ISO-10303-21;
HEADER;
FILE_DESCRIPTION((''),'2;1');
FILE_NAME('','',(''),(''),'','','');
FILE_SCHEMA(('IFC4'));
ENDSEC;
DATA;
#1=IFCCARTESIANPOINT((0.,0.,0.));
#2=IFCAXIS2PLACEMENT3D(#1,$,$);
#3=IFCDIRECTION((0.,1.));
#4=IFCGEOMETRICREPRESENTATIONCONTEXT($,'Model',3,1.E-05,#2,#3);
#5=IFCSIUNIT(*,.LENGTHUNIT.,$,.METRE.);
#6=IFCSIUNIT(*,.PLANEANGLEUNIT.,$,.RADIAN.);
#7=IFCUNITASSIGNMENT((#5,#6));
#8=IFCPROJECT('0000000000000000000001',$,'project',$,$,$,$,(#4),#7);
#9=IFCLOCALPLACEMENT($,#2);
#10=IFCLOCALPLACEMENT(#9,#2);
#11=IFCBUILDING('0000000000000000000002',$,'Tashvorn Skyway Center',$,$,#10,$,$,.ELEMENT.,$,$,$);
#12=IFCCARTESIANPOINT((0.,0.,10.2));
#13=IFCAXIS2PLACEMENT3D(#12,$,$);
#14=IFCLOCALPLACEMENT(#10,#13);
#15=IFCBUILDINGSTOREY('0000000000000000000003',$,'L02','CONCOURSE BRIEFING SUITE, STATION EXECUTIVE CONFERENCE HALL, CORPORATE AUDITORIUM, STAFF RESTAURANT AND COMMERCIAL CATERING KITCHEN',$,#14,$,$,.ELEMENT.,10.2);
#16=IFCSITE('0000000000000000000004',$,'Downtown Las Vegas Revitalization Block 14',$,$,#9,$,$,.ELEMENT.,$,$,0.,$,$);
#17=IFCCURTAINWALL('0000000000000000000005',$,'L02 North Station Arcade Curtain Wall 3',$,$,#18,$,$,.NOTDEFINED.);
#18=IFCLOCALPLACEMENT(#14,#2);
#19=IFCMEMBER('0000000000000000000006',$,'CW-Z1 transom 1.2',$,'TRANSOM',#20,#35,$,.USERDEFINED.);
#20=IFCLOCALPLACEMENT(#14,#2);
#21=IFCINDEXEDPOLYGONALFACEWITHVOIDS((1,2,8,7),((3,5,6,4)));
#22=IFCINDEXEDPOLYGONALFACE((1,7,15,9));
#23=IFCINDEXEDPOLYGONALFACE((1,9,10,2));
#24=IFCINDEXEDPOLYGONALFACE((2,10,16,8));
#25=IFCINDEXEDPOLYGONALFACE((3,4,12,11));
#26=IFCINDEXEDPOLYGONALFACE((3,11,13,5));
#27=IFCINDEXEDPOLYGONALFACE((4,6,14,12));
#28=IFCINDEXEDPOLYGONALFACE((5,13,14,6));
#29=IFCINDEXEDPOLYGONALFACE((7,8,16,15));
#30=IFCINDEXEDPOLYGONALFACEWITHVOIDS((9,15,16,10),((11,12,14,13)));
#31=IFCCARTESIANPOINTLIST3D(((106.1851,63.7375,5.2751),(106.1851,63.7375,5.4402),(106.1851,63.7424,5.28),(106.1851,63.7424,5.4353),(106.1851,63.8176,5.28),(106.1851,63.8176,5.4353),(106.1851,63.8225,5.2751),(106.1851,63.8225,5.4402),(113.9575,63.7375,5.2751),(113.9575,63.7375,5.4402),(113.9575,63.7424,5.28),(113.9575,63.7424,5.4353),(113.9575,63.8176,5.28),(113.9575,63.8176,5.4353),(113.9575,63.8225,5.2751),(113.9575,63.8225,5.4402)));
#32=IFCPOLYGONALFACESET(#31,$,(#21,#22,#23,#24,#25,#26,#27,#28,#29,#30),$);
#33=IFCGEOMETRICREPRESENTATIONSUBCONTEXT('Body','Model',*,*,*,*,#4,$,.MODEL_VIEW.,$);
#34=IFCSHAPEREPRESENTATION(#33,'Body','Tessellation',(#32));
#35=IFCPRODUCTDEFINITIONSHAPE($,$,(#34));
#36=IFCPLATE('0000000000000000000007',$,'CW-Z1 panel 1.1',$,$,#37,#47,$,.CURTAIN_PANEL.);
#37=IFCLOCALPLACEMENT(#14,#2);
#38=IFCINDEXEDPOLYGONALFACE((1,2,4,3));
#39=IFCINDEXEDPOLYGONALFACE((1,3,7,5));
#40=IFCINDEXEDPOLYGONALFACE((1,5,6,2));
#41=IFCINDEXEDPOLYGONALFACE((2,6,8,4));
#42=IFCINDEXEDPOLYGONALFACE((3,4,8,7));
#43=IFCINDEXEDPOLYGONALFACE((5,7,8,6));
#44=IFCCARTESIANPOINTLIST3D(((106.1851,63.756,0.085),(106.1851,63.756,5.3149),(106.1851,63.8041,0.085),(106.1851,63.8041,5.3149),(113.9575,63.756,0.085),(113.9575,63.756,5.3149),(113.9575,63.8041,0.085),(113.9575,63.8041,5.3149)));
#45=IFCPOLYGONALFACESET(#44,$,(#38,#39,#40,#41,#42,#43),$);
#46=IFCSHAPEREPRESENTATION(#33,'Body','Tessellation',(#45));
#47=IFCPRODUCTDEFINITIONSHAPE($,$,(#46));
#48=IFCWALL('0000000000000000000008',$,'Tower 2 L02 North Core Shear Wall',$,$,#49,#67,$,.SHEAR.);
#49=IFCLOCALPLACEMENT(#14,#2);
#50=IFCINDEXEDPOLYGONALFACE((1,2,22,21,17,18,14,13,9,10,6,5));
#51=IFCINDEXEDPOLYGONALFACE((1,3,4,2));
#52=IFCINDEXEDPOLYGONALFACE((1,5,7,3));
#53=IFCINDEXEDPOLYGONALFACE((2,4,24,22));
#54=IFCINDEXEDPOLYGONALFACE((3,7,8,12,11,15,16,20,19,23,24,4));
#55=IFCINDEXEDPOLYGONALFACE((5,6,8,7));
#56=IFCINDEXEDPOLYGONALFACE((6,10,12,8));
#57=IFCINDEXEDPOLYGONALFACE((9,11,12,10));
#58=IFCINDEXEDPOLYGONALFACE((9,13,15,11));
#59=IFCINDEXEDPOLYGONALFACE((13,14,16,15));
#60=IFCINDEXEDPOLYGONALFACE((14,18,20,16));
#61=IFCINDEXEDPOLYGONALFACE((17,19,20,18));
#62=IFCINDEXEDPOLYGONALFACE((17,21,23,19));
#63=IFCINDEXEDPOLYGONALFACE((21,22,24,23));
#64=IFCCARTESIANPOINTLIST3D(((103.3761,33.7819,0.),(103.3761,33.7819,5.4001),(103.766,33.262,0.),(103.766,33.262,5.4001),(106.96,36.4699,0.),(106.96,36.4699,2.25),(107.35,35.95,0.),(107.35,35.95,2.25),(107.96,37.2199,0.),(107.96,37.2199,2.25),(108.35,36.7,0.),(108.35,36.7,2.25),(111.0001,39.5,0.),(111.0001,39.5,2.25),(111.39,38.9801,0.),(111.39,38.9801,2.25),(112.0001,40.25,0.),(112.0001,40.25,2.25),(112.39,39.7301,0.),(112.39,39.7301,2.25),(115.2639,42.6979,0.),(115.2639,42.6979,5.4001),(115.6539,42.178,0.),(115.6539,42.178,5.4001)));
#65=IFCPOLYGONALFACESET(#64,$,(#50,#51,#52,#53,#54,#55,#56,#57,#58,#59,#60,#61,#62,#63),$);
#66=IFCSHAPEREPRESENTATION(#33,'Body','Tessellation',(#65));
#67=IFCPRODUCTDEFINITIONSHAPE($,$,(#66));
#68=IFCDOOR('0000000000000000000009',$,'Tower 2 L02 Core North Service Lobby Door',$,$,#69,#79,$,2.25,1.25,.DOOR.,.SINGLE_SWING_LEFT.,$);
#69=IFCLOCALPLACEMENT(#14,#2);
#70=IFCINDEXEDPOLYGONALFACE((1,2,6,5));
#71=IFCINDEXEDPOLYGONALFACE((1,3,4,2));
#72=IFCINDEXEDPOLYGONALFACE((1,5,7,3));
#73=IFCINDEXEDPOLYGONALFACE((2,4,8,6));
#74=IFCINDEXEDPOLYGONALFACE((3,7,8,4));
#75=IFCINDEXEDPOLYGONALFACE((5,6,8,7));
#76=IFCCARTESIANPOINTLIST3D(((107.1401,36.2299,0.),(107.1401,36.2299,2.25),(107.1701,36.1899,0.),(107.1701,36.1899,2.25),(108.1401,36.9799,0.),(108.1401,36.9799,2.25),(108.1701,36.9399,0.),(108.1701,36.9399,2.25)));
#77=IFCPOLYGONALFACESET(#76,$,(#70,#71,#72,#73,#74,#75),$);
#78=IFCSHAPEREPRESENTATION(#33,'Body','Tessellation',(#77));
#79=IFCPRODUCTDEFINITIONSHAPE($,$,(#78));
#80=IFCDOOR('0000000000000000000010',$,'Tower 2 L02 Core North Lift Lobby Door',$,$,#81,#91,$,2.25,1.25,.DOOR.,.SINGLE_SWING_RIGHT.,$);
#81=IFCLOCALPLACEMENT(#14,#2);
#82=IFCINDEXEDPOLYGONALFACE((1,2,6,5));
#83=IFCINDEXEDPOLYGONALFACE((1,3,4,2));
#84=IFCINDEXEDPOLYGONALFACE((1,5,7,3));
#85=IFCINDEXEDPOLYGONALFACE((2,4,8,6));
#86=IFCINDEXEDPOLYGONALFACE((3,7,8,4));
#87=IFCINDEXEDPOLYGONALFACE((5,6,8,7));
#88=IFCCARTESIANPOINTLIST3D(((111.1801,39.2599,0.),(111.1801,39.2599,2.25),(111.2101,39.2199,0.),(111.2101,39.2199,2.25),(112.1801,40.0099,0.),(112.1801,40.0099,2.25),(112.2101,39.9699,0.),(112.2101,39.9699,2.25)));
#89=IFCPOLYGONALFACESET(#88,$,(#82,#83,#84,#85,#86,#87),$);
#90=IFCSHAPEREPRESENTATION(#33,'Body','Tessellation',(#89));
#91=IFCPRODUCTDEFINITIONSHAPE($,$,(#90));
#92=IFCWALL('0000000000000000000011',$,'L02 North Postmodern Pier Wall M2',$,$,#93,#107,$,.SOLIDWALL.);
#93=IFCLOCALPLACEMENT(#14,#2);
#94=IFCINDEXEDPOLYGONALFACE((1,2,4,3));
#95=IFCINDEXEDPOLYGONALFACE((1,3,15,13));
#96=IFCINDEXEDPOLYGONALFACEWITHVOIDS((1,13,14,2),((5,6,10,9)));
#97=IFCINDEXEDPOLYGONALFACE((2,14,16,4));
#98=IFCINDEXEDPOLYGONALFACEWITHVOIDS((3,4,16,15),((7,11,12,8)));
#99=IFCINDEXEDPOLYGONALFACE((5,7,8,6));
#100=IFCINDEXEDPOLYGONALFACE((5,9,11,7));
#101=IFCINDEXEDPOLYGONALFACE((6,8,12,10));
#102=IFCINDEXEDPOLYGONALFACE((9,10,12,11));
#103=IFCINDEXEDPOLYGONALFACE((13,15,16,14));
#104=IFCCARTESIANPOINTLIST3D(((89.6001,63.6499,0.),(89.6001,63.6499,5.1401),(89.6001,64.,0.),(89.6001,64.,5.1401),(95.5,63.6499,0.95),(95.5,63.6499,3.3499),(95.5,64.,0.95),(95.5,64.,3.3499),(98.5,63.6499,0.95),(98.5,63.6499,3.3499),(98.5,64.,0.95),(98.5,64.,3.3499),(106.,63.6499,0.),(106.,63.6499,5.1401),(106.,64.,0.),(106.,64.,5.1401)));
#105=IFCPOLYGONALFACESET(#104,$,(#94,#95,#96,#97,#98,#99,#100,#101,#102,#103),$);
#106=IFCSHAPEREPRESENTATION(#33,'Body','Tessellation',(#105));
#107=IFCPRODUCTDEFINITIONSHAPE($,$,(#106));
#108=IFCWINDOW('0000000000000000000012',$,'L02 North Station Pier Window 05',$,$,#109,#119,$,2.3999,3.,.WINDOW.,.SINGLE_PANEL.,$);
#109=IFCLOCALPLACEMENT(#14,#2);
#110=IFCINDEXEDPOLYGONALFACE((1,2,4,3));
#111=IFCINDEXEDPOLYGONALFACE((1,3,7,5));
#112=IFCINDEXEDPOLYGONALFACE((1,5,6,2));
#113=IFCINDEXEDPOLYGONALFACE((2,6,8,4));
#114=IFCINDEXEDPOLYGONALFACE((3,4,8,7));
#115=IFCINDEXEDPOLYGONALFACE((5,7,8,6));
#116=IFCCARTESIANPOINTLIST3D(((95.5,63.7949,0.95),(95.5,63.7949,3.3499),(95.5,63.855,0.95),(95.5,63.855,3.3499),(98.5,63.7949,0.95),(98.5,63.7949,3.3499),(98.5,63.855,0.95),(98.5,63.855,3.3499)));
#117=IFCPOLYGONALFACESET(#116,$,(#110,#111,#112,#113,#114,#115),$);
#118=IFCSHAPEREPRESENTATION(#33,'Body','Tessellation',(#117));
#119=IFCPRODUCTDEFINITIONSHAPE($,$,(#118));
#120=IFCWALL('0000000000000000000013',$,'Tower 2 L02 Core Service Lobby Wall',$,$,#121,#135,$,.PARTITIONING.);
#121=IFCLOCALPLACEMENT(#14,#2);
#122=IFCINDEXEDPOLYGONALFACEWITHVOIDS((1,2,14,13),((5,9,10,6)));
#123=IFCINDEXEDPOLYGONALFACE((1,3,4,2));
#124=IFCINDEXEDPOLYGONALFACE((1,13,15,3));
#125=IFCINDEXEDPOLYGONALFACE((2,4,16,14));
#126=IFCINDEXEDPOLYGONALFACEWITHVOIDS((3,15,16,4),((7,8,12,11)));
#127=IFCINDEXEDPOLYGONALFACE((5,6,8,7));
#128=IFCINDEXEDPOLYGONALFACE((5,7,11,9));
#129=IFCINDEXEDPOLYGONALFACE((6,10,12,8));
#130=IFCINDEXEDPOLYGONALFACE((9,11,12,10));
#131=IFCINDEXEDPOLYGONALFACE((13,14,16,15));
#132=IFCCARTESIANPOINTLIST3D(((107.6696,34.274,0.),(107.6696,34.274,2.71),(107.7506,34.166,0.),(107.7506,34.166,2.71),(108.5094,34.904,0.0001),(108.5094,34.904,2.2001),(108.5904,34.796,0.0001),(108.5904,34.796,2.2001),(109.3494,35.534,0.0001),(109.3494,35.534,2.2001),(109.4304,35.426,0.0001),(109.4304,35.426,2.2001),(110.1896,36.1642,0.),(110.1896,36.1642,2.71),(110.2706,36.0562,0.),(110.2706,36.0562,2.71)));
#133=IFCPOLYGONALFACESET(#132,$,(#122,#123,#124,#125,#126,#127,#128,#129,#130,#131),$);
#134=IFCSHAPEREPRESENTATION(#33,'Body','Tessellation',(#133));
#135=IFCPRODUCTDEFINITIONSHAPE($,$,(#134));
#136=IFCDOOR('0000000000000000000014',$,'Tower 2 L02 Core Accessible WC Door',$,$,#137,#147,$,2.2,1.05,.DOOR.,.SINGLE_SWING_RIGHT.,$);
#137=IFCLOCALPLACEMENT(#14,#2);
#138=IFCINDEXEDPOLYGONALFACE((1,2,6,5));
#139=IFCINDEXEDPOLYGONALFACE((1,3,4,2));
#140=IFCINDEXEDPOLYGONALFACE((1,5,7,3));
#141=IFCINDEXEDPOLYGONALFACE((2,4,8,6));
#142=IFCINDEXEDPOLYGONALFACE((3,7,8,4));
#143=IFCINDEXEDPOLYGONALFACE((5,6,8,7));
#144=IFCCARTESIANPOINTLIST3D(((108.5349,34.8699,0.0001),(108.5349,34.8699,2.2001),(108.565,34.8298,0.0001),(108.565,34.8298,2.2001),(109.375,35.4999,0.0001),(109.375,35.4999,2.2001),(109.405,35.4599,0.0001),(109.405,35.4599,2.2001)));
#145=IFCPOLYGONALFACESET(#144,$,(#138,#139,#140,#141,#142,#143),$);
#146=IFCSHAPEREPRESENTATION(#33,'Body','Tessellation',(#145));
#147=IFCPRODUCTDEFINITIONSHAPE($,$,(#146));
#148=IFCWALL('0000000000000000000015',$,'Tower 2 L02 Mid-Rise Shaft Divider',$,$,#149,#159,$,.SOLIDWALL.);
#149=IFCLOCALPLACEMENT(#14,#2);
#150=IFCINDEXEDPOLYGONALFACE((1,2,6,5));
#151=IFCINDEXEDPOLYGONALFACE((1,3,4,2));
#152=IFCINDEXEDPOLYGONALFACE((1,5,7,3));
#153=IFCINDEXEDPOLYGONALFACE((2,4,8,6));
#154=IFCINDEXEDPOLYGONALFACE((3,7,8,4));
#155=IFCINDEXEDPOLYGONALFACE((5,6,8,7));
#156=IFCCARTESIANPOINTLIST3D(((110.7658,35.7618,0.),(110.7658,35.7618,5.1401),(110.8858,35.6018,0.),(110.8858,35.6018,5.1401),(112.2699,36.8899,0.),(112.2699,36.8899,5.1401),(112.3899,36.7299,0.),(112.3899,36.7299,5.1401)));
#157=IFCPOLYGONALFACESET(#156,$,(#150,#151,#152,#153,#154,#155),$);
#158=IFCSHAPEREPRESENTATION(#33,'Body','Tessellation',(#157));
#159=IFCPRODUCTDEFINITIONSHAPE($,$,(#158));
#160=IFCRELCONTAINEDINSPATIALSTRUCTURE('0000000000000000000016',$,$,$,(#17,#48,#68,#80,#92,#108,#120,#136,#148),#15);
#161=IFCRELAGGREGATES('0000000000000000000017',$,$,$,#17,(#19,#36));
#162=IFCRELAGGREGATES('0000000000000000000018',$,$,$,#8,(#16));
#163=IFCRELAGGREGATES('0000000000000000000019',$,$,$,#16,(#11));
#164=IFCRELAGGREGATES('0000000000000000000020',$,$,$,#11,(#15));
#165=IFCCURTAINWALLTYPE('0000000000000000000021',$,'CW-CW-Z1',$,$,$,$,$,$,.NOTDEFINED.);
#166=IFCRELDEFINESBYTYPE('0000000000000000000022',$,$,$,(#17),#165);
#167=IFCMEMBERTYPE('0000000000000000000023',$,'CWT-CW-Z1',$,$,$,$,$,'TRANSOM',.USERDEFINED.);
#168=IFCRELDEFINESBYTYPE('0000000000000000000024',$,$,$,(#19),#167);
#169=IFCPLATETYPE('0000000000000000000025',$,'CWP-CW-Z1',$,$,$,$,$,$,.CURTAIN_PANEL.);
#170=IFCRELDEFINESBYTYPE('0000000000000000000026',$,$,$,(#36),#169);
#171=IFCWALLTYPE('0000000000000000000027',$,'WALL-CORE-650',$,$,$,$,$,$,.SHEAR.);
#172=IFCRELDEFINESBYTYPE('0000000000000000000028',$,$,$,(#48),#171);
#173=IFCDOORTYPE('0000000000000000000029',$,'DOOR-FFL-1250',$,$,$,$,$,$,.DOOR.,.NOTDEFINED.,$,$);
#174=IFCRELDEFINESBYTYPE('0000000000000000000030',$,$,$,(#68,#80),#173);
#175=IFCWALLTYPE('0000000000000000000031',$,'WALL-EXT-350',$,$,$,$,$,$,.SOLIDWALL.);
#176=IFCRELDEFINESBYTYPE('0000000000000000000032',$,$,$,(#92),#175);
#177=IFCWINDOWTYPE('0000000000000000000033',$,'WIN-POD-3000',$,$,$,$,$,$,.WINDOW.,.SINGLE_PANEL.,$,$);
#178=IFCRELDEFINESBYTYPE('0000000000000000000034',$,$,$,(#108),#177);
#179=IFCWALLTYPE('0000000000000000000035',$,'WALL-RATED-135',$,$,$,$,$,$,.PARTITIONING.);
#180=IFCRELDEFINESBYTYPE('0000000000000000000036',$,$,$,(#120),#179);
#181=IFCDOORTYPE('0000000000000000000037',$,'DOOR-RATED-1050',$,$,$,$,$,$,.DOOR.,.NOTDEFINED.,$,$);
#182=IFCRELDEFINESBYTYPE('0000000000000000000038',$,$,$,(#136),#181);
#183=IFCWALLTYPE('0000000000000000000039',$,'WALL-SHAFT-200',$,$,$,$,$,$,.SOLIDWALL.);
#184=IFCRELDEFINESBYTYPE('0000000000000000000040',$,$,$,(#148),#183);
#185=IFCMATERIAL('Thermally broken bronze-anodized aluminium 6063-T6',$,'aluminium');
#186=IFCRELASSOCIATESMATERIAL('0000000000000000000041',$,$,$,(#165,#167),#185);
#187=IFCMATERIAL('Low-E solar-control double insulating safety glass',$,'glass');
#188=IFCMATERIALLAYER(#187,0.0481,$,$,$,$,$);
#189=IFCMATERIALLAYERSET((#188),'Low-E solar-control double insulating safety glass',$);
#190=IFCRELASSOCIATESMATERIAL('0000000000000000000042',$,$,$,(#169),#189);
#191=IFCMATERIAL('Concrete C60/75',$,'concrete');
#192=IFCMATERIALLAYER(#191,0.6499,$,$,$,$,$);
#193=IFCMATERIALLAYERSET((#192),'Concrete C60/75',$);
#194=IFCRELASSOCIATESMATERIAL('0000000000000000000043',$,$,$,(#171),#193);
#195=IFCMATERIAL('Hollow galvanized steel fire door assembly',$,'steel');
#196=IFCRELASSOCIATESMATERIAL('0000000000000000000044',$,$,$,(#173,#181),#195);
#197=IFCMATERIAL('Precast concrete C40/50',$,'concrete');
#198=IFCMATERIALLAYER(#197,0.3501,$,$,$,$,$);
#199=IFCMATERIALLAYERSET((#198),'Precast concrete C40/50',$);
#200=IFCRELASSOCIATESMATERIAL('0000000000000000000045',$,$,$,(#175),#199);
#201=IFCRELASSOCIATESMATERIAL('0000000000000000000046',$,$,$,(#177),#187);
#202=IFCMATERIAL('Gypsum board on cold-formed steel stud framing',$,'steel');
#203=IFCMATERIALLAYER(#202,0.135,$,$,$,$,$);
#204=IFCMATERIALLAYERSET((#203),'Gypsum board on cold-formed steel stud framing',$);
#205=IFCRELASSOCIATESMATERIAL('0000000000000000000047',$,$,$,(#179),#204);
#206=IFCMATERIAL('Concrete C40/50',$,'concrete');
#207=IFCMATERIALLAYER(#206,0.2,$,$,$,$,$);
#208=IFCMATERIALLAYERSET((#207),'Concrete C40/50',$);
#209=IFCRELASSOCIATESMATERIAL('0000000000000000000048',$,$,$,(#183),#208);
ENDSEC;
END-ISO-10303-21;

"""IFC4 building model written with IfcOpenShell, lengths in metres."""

from ifc_helpers import new_model, si_unit, direction, frame, frame_2d, origin, origin_2d, place, context, subcontext, project, spatial, rectangle, hollow_rectangle, extrude, material, layer, layer_set, material_profile, profile_set, type_object, element, fill, aggregate, save


model = new_model("IFC4")

# Units and contexts
model_context = context("Model", 3, precision=1e-05, world=origin(), true_north=direction((0.0, 1.0)))
body_context = subcontext(model_context, "Body", "Model", "MODEL_VIEW")
ifc_project = project(units=[si_unit("LENGTHUNIT", "METRE"), si_unit("PLANEANGLEUNIT", "RADIAN")], contexts=[model_context])

# Site, building, storey
site_placement = place(None, origin())
site = spatial("IfcSite", under=ifc_project, at=site_placement, Name="Downtown Las Vegas Revitalization Block 14", CompositionType="ELEMENT", RefElevation=0.0)
building_placement = place(site_placement, origin())
building = spatial("IfcBuilding", under=site, at=building_placement, Name="Tashvorn Skyway Center", CompositionType="ELEMENT")
storey_placement = place(building_placement, frame((0.0, 0.0, 10.2)))
storey = spatial("IfcBuildingStorey", under=building, at=storey_placement, Name="L02", Description="CONCOURSE BRIEFING SUITE, STATION EXECUTIVE CONFERENCE HALL, CORPORATE AUDITORIUM, STAFF RESTAURANT AND COMMERCIAL CATERING KITCHEN", CompositionType="ELEMENT", Elevation=10.2)

# Shared definitions
ifc_material_1 = material(Name="Precast concrete C40/50", Category="concrete")

# Shared definitions
ifc_material_2 = material(Name="Thermally broken bronze-anodized aluminium 6063-T6", Category="aluminium")
curtain_wall_type = type_object("IfcCurtainWallType", Name="CW-CW-Z1", PredefinedType="NOTDEFINED", material=ifc_material_2)

# Curtain wall, member, plate
curtain_wall_1_placement = place(storey_placement, origin())
curtain_wall_1 = element("IfcCurtainWall", 1, at=curtain_wall_1_placement, inside=storey, type_object=curtain_wall_type, Name="L02 North Station Arcade Curtain Wall 3", PredefinedType="NOTDEFINED")
ifc_material_profile_1 = material_profile(ifc_material_2, hollow_rectangle(XDim=0.085, YDim=0.165, WallThickness=0.0049, at=origin_2d()), Name="ALU-TRAN-85x165")
ifc_profile_set_1 = profile_set([ifc_material_profile_1], Name="Thermally broken bronze-anodized aluminium 6063-T6")
member_type_1 = type_object("IfcMemberType", Name="CWT-CW-Z1", ElementType="TRANSOM", PredefinedType="USERDEFINED", material=ifc_profile_set_1)
member_1_placement = place(storey_placement, frame((106.1851, 63.78, 5.3577), z_axis=(1.0, 0.0, 0.0), x_axis=(0.0, 1.0, 0.0)))
member_1 = element("IfcMember", 2, at=member_1_placement, type_object=member_type_1, Name="CW-Z1 transom 1.2", ObjectType="TRANSOM", PredefinedType="USERDEFINED", context=body_context, shape_type="SweptSolid", body=[
    extrude(hollow_rectangle(XDim=0.085, YDim=0.165, WallThickness=0.0049, at=origin_2d()), origin(), (0.0, 0.0, 1.0), 7.7725),
])
ifc_material_3 = material(Name="Low-E solar-control double insulating safety glass", Category="glass")
ifc_layer_1 = layer(ifc_material_3, 0.0481)
ifc_layer_set_1 = layer_set([ifc_layer_1], Name="Low-E solar-control double insulating safety glass")
plate_type = type_object("IfcPlateType", Name="CWP-CW-Z1", PredefinedType="CURTAIN_PANEL", material=ifc_layer_set_1)
plate_placement = place(storey_placement, frame((110.0713, 63.78, 0.085), z_axis=(0.0, 0.0, 1.0), x_axis=(1.0, 0.0, 0.0)))
plate = element("IfcPlate", 3, at=plate_placement, type_object=plate_type, Name="CW-Z1 panel 1.1", PredefinedType="CURTAIN_PANEL", context=body_context, shape_type="SweptSolid", body=[
    extrude(rectangle(XDim=7.7725, YDim=0.0481, at=origin_2d()), origin(), (0.0, 0.0, 1.0), 5.23),
])
aggregate(curtain_wall_1, [member_1, plate])

# Wall, openings, doors
ifc_material_4 = material(Name="Concrete C60/75", Category="concrete")
ifc_layer_2 = layer(ifc_material_4, 0.6499)
ifc_layer_set_2 = layer_set([ifc_layer_2], Name="Concrete C60/75")
wall_type_1 = type_object("IfcWallType", Name="WALL-CORE-650", PredefinedType="SHEAR", material=ifc_layer_set_2)
wall_1_placement = place(storey_placement, frame((103.571, 33.522, 0.0), z_axis=(0.0, 0.0, 1.0), x_axis=(0.799998, 0.600003, 0.0)))
wall_1 = element("IfcWall", 4, at=wall_1_placement, inside=storey, type_object=wall_type_1, Name="Tower 2 L02 North Core Shear Wall", PredefinedType="SHEAR", context=body_context, shape_type="SweptSolid", body=[
    extrude(rectangle(XDim=14.8599, YDim=0.6499, at=frame_2d((7.4299, 0.0))), origin(), (0.0, 0.0, 1.0), 5.4001),
])
opening_1_placement = place(wall_1_placement, frame((4.48, 0.0, 0.0)))
opening_1 = element("IfcOpeningElement", 5, at=opening_1_placement, cuts=wall_1, PredefinedType="OPENING", context=body_context, shape_type="SweptSolid", body=[
    extrude(rectangle(XDim=1.25, YDim=2.25, at=frame_2d((0.625, 1.125))), frame((0.0, 0.335, 0.0), z_axis=(0.0, -1.0, 0.0), x_axis=(1.0, 0.0, 0.0)), (0.0, 0.0, 1.0), 0.6699),
])
opening_2_placement = place(wall_1_placement, frame((9.53, 0.0, 0.0)))
opening_2 = element("IfcOpeningElement", 6, at=opening_2_placement, cuts=wall_1, PredefinedType="OPENING", context=body_context, shape_type="SweptSolid", body=[
    extrude(rectangle(XDim=1.25, YDim=2.25, at=frame_2d((0.625, 1.125))), frame((0.0, 0.335, 0.0), z_axis=(0.0, -1.0, 0.0), x_axis=(1.0, 0.0, 0.0)), (0.0, 0.0, 1.0), 0.6699),
])
ifc_material_5 = material(Name="Hollow galvanized steel fire door assembly", Category="steel")
door_type_1 = type_object("IfcDoorType", Name="DOOR-FFL-1250", OperationType="NOTDEFINED", PredefinedType="DOOR", material=ifc_material_5)
door_1_placement = place(opening_1_placement, origin())
door_1 = element("IfcDoor", 7, at=door_1_placement, inside=storey, type_object=door_type_1, Name="Tower 2 L02 Core North Service Lobby Door", OperationType="SINGLE_SWING_LEFT", OverallHeight=2.25, OverallWidth=1.25, PredefinedType="DOOR", context=body_context, shape_type="SweptSolid", body=[
    extrude(rectangle(XDim=1.25, YDim=2.25, at=frame_2d((0.625, 1.125))), frame((0.0, 0.0249, 0.0), z_axis=(0.0, -1.0, 0.0), x_axis=(1.0, 0.0, 0.0)), (0.0, 0.0, 1.0), 0.05),
])
fill(opening_1, door_1)
door_2_placement = place(opening_2_placement, origin())
door_2 = element("IfcDoor", 8, at=door_2_placement, inside=storey, type_object=door_type_1, Name="Tower 2 L02 Core North Lift Lobby Door", OperationType="SINGLE_SWING_RIGHT", OverallHeight=2.25, OverallWidth=1.25, PredefinedType="DOOR", context=body_context, shape_type="SweptSolid", body=[
    extrude(rectangle(XDim=1.25, YDim=2.25, at=frame_2d((0.625, 1.125))), frame((0.0, 0.0249, 0.0), z_axis=(0.0, -1.0, 0.0), x_axis=(1.0, 0.0, 0.0)), (0.0, 0.0, 1.0), 0.05),
])
fill(opening_2, door_2)

# Wall, opening, window
ifc_layer_3 = layer(ifc_material_1, 0.3501)
ifc_layer_set_3 = layer_set([ifc_layer_3], Name="Precast concrete C40/50")
wall_type_2 = type_object("IfcWallType", Name="WALL-EXT-350", PredefinedType="SOLIDWALL", material=ifc_layer_set_3)
wall_2_placement = place(storey_placement, frame((89.6001, 63.825, 0.0), z_axis=(0.0, 0.0, 1.0), x_axis=(1.0, 0.0, 0.0)))
wall_2 = element("IfcWall", 9, at=wall_2_placement, inside=storey, type_object=wall_type_2, Name="L02 North Postmodern Pier Wall M2", PredefinedType="SOLIDWALL", context=body_context, shape_type="SweptSolid", body=[
    extrude(rectangle(XDim=16.3999, YDim=0.3501, at=frame_2d((8.2, 0.0))), origin(), (0.0, 0.0, 1.0), 5.1401),
])
opening_3_placement = place(wall_2_placement, frame((5.8999, 0.0, 0.95)))
opening_3 = element("IfcOpeningElement", 10, at=opening_3_placement, cuts=wall_2, PredefinedType="OPENING", context=body_context, shape_type="SweptSolid", body=[
    extrude(rectangle(XDim=3.0, YDim=2.3999, at=frame_2d((1.5, 1.2))), frame((0.0, 0.1851, 0.0), z_axis=(0.0, -1.0, 0.0), x_axis=(1.0, 0.0, 0.0)), (0.0, 0.0, 1.0), 0.3701),
])
window_type = type_object("IfcWindowType", Name="WIN-POD-3000", PartitioningType="SINGLE_PANEL", PredefinedType="WINDOW", material=ifc_material_3)
window_placement = place(opening_3_placement, origin())
window = element("IfcWindow", 11, at=window_placement, inside=storey, type_object=window_type, Name="L02 North Station Pier Window 05", OverallHeight=2.3999, OverallWidth=3.0, PartitioningType="SINGLE_PANEL", PredefinedType="WINDOW", context=body_context, shape_type="SweptSolid", body=[
    extrude(rectangle(XDim=3.0, YDim=2.3999, at=frame_2d((1.5, 1.2))), frame((0.0, 0.03, 0.0), z_axis=(0.0, -1.0, 0.0), x_axis=(1.0, 0.0, 0.0)), (0.0, 0.0, 1.0), 0.0601),
])
fill(opening_3, window)

# Wall, opening, door
ifc_material_6 = material(Name="Gypsum board on cold-formed steel stud framing", Category="steel")
ifc_layer_4 = layer(ifc_material_6, 0.135)
ifc_layer_set_4 = layer_set([ifc_layer_4], Name="Gypsum board on cold-formed steel stud framing")
wall_type_3 = type_object("IfcWallType", Name="WALL-RATED-135", PredefinedType="PARTITIONING", material=ifc_layer_set_4)
wall_3_placement = place(storey_placement, frame((107.71, 34.22, 0.0), z_axis=(0.0, 0.0, 1.0), x_axis=(0.799981, 0.600025, 0.0)))
wall_3 = element("IfcWall", 12, at=wall_3_placement, inside=storey, type_object=wall_type_3, Name="Tower 2 L02 Core Service Lobby Wall", PredefinedType="PARTITIONING", context=body_context, shape_type="SweptSolid", body=[
    extrude(rectangle(XDim=3.1501, YDim=0.135, at=frame_2d((1.5752, 0.0))), origin(), (0.0, 0.0, 1.0), 2.71),
])
opening_4_placement = place(wall_3_placement, frame((1.05, 0.0, 0.0)))
opening_4 = element("IfcOpeningElement", 13, at=opening_4_placement, cuts=wall_3, PredefinedType="OPENING", context=body_context, shape_type="SweptSolid", body=[
    extrude(rectangle(XDim=1.05, YDim=2.2, at=frame_2d((0.5249, 1.1001))), frame((0.0, 0.0774, 0.0), z_axis=(0.0, -1.0, 0.0), x_axis=(1.0, 0.0, 0.0)), (0.0, 0.0, 1.0), 0.155),
])
door_type_2 = type_object("IfcDoorType", Name="DOOR-RATED-1050", OperationType="NOTDEFINED", PredefinedType="DOOR", material=ifc_material_5)
door_3_placement = place(opening_4_placement, origin())
door_3 = element("IfcDoor", 14, at=door_3_placement, inside=storey, type_object=door_type_2, Name="Tower 2 L02 Core Accessible WC Door", OperationType="SINGLE_SWING_RIGHT", OverallHeight=2.2, OverallWidth=1.05, PredefinedType="DOOR", context=body_context, shape_type="SweptSolid", body=[
    extrude(rectangle(XDim=1.05, YDim=2.2, at=frame_2d((0.5249, 1.1001))), frame((0.0, 0.0249, 0.0), z_axis=(0.0, -1.0, 0.0), x_axis=(1.0, 0.0, 0.0)), (0.0, 0.0, 1.0), 0.05),
])
fill(opening_4, door_3)

# Wall
ifc_material_7 = material(Name="Concrete C40/50", Category="concrete")
ifc_layer_5 = layer(ifc_material_7, 0.2)
ifc_layer_set_5 = layer_set([ifc_layer_5], Name="Concrete C40/50")
wall_type_4 = type_object("IfcWallType", Name="WALL-SHAFT-200", PredefinedType="SOLIDWALL", material=ifc_layer_set_5)
wall_4_placement = place(storey_placement, frame((110.8259, 35.6819, 0.0), z_axis=(0.0, 0.0, 1.0), x_axis=(0.799984, 0.600021, 0.0)))
element("IfcWall", 15, at=wall_4_placement, inside=storey, type_object=wall_type_4, Name="Tower 2 L02 Mid-Rise Shaft Divider", PredefinedType="SOLIDWALL", context=body_context, shape_type="SweptSolid", body=[
    extrude(rectangle(XDim=1.8801, YDim=0.2, at=frame_2d((0.9399, 0.0))), origin(), (0.0, 0.0, 1.0), 5.1401),
])

save(model, "model.ifc")
